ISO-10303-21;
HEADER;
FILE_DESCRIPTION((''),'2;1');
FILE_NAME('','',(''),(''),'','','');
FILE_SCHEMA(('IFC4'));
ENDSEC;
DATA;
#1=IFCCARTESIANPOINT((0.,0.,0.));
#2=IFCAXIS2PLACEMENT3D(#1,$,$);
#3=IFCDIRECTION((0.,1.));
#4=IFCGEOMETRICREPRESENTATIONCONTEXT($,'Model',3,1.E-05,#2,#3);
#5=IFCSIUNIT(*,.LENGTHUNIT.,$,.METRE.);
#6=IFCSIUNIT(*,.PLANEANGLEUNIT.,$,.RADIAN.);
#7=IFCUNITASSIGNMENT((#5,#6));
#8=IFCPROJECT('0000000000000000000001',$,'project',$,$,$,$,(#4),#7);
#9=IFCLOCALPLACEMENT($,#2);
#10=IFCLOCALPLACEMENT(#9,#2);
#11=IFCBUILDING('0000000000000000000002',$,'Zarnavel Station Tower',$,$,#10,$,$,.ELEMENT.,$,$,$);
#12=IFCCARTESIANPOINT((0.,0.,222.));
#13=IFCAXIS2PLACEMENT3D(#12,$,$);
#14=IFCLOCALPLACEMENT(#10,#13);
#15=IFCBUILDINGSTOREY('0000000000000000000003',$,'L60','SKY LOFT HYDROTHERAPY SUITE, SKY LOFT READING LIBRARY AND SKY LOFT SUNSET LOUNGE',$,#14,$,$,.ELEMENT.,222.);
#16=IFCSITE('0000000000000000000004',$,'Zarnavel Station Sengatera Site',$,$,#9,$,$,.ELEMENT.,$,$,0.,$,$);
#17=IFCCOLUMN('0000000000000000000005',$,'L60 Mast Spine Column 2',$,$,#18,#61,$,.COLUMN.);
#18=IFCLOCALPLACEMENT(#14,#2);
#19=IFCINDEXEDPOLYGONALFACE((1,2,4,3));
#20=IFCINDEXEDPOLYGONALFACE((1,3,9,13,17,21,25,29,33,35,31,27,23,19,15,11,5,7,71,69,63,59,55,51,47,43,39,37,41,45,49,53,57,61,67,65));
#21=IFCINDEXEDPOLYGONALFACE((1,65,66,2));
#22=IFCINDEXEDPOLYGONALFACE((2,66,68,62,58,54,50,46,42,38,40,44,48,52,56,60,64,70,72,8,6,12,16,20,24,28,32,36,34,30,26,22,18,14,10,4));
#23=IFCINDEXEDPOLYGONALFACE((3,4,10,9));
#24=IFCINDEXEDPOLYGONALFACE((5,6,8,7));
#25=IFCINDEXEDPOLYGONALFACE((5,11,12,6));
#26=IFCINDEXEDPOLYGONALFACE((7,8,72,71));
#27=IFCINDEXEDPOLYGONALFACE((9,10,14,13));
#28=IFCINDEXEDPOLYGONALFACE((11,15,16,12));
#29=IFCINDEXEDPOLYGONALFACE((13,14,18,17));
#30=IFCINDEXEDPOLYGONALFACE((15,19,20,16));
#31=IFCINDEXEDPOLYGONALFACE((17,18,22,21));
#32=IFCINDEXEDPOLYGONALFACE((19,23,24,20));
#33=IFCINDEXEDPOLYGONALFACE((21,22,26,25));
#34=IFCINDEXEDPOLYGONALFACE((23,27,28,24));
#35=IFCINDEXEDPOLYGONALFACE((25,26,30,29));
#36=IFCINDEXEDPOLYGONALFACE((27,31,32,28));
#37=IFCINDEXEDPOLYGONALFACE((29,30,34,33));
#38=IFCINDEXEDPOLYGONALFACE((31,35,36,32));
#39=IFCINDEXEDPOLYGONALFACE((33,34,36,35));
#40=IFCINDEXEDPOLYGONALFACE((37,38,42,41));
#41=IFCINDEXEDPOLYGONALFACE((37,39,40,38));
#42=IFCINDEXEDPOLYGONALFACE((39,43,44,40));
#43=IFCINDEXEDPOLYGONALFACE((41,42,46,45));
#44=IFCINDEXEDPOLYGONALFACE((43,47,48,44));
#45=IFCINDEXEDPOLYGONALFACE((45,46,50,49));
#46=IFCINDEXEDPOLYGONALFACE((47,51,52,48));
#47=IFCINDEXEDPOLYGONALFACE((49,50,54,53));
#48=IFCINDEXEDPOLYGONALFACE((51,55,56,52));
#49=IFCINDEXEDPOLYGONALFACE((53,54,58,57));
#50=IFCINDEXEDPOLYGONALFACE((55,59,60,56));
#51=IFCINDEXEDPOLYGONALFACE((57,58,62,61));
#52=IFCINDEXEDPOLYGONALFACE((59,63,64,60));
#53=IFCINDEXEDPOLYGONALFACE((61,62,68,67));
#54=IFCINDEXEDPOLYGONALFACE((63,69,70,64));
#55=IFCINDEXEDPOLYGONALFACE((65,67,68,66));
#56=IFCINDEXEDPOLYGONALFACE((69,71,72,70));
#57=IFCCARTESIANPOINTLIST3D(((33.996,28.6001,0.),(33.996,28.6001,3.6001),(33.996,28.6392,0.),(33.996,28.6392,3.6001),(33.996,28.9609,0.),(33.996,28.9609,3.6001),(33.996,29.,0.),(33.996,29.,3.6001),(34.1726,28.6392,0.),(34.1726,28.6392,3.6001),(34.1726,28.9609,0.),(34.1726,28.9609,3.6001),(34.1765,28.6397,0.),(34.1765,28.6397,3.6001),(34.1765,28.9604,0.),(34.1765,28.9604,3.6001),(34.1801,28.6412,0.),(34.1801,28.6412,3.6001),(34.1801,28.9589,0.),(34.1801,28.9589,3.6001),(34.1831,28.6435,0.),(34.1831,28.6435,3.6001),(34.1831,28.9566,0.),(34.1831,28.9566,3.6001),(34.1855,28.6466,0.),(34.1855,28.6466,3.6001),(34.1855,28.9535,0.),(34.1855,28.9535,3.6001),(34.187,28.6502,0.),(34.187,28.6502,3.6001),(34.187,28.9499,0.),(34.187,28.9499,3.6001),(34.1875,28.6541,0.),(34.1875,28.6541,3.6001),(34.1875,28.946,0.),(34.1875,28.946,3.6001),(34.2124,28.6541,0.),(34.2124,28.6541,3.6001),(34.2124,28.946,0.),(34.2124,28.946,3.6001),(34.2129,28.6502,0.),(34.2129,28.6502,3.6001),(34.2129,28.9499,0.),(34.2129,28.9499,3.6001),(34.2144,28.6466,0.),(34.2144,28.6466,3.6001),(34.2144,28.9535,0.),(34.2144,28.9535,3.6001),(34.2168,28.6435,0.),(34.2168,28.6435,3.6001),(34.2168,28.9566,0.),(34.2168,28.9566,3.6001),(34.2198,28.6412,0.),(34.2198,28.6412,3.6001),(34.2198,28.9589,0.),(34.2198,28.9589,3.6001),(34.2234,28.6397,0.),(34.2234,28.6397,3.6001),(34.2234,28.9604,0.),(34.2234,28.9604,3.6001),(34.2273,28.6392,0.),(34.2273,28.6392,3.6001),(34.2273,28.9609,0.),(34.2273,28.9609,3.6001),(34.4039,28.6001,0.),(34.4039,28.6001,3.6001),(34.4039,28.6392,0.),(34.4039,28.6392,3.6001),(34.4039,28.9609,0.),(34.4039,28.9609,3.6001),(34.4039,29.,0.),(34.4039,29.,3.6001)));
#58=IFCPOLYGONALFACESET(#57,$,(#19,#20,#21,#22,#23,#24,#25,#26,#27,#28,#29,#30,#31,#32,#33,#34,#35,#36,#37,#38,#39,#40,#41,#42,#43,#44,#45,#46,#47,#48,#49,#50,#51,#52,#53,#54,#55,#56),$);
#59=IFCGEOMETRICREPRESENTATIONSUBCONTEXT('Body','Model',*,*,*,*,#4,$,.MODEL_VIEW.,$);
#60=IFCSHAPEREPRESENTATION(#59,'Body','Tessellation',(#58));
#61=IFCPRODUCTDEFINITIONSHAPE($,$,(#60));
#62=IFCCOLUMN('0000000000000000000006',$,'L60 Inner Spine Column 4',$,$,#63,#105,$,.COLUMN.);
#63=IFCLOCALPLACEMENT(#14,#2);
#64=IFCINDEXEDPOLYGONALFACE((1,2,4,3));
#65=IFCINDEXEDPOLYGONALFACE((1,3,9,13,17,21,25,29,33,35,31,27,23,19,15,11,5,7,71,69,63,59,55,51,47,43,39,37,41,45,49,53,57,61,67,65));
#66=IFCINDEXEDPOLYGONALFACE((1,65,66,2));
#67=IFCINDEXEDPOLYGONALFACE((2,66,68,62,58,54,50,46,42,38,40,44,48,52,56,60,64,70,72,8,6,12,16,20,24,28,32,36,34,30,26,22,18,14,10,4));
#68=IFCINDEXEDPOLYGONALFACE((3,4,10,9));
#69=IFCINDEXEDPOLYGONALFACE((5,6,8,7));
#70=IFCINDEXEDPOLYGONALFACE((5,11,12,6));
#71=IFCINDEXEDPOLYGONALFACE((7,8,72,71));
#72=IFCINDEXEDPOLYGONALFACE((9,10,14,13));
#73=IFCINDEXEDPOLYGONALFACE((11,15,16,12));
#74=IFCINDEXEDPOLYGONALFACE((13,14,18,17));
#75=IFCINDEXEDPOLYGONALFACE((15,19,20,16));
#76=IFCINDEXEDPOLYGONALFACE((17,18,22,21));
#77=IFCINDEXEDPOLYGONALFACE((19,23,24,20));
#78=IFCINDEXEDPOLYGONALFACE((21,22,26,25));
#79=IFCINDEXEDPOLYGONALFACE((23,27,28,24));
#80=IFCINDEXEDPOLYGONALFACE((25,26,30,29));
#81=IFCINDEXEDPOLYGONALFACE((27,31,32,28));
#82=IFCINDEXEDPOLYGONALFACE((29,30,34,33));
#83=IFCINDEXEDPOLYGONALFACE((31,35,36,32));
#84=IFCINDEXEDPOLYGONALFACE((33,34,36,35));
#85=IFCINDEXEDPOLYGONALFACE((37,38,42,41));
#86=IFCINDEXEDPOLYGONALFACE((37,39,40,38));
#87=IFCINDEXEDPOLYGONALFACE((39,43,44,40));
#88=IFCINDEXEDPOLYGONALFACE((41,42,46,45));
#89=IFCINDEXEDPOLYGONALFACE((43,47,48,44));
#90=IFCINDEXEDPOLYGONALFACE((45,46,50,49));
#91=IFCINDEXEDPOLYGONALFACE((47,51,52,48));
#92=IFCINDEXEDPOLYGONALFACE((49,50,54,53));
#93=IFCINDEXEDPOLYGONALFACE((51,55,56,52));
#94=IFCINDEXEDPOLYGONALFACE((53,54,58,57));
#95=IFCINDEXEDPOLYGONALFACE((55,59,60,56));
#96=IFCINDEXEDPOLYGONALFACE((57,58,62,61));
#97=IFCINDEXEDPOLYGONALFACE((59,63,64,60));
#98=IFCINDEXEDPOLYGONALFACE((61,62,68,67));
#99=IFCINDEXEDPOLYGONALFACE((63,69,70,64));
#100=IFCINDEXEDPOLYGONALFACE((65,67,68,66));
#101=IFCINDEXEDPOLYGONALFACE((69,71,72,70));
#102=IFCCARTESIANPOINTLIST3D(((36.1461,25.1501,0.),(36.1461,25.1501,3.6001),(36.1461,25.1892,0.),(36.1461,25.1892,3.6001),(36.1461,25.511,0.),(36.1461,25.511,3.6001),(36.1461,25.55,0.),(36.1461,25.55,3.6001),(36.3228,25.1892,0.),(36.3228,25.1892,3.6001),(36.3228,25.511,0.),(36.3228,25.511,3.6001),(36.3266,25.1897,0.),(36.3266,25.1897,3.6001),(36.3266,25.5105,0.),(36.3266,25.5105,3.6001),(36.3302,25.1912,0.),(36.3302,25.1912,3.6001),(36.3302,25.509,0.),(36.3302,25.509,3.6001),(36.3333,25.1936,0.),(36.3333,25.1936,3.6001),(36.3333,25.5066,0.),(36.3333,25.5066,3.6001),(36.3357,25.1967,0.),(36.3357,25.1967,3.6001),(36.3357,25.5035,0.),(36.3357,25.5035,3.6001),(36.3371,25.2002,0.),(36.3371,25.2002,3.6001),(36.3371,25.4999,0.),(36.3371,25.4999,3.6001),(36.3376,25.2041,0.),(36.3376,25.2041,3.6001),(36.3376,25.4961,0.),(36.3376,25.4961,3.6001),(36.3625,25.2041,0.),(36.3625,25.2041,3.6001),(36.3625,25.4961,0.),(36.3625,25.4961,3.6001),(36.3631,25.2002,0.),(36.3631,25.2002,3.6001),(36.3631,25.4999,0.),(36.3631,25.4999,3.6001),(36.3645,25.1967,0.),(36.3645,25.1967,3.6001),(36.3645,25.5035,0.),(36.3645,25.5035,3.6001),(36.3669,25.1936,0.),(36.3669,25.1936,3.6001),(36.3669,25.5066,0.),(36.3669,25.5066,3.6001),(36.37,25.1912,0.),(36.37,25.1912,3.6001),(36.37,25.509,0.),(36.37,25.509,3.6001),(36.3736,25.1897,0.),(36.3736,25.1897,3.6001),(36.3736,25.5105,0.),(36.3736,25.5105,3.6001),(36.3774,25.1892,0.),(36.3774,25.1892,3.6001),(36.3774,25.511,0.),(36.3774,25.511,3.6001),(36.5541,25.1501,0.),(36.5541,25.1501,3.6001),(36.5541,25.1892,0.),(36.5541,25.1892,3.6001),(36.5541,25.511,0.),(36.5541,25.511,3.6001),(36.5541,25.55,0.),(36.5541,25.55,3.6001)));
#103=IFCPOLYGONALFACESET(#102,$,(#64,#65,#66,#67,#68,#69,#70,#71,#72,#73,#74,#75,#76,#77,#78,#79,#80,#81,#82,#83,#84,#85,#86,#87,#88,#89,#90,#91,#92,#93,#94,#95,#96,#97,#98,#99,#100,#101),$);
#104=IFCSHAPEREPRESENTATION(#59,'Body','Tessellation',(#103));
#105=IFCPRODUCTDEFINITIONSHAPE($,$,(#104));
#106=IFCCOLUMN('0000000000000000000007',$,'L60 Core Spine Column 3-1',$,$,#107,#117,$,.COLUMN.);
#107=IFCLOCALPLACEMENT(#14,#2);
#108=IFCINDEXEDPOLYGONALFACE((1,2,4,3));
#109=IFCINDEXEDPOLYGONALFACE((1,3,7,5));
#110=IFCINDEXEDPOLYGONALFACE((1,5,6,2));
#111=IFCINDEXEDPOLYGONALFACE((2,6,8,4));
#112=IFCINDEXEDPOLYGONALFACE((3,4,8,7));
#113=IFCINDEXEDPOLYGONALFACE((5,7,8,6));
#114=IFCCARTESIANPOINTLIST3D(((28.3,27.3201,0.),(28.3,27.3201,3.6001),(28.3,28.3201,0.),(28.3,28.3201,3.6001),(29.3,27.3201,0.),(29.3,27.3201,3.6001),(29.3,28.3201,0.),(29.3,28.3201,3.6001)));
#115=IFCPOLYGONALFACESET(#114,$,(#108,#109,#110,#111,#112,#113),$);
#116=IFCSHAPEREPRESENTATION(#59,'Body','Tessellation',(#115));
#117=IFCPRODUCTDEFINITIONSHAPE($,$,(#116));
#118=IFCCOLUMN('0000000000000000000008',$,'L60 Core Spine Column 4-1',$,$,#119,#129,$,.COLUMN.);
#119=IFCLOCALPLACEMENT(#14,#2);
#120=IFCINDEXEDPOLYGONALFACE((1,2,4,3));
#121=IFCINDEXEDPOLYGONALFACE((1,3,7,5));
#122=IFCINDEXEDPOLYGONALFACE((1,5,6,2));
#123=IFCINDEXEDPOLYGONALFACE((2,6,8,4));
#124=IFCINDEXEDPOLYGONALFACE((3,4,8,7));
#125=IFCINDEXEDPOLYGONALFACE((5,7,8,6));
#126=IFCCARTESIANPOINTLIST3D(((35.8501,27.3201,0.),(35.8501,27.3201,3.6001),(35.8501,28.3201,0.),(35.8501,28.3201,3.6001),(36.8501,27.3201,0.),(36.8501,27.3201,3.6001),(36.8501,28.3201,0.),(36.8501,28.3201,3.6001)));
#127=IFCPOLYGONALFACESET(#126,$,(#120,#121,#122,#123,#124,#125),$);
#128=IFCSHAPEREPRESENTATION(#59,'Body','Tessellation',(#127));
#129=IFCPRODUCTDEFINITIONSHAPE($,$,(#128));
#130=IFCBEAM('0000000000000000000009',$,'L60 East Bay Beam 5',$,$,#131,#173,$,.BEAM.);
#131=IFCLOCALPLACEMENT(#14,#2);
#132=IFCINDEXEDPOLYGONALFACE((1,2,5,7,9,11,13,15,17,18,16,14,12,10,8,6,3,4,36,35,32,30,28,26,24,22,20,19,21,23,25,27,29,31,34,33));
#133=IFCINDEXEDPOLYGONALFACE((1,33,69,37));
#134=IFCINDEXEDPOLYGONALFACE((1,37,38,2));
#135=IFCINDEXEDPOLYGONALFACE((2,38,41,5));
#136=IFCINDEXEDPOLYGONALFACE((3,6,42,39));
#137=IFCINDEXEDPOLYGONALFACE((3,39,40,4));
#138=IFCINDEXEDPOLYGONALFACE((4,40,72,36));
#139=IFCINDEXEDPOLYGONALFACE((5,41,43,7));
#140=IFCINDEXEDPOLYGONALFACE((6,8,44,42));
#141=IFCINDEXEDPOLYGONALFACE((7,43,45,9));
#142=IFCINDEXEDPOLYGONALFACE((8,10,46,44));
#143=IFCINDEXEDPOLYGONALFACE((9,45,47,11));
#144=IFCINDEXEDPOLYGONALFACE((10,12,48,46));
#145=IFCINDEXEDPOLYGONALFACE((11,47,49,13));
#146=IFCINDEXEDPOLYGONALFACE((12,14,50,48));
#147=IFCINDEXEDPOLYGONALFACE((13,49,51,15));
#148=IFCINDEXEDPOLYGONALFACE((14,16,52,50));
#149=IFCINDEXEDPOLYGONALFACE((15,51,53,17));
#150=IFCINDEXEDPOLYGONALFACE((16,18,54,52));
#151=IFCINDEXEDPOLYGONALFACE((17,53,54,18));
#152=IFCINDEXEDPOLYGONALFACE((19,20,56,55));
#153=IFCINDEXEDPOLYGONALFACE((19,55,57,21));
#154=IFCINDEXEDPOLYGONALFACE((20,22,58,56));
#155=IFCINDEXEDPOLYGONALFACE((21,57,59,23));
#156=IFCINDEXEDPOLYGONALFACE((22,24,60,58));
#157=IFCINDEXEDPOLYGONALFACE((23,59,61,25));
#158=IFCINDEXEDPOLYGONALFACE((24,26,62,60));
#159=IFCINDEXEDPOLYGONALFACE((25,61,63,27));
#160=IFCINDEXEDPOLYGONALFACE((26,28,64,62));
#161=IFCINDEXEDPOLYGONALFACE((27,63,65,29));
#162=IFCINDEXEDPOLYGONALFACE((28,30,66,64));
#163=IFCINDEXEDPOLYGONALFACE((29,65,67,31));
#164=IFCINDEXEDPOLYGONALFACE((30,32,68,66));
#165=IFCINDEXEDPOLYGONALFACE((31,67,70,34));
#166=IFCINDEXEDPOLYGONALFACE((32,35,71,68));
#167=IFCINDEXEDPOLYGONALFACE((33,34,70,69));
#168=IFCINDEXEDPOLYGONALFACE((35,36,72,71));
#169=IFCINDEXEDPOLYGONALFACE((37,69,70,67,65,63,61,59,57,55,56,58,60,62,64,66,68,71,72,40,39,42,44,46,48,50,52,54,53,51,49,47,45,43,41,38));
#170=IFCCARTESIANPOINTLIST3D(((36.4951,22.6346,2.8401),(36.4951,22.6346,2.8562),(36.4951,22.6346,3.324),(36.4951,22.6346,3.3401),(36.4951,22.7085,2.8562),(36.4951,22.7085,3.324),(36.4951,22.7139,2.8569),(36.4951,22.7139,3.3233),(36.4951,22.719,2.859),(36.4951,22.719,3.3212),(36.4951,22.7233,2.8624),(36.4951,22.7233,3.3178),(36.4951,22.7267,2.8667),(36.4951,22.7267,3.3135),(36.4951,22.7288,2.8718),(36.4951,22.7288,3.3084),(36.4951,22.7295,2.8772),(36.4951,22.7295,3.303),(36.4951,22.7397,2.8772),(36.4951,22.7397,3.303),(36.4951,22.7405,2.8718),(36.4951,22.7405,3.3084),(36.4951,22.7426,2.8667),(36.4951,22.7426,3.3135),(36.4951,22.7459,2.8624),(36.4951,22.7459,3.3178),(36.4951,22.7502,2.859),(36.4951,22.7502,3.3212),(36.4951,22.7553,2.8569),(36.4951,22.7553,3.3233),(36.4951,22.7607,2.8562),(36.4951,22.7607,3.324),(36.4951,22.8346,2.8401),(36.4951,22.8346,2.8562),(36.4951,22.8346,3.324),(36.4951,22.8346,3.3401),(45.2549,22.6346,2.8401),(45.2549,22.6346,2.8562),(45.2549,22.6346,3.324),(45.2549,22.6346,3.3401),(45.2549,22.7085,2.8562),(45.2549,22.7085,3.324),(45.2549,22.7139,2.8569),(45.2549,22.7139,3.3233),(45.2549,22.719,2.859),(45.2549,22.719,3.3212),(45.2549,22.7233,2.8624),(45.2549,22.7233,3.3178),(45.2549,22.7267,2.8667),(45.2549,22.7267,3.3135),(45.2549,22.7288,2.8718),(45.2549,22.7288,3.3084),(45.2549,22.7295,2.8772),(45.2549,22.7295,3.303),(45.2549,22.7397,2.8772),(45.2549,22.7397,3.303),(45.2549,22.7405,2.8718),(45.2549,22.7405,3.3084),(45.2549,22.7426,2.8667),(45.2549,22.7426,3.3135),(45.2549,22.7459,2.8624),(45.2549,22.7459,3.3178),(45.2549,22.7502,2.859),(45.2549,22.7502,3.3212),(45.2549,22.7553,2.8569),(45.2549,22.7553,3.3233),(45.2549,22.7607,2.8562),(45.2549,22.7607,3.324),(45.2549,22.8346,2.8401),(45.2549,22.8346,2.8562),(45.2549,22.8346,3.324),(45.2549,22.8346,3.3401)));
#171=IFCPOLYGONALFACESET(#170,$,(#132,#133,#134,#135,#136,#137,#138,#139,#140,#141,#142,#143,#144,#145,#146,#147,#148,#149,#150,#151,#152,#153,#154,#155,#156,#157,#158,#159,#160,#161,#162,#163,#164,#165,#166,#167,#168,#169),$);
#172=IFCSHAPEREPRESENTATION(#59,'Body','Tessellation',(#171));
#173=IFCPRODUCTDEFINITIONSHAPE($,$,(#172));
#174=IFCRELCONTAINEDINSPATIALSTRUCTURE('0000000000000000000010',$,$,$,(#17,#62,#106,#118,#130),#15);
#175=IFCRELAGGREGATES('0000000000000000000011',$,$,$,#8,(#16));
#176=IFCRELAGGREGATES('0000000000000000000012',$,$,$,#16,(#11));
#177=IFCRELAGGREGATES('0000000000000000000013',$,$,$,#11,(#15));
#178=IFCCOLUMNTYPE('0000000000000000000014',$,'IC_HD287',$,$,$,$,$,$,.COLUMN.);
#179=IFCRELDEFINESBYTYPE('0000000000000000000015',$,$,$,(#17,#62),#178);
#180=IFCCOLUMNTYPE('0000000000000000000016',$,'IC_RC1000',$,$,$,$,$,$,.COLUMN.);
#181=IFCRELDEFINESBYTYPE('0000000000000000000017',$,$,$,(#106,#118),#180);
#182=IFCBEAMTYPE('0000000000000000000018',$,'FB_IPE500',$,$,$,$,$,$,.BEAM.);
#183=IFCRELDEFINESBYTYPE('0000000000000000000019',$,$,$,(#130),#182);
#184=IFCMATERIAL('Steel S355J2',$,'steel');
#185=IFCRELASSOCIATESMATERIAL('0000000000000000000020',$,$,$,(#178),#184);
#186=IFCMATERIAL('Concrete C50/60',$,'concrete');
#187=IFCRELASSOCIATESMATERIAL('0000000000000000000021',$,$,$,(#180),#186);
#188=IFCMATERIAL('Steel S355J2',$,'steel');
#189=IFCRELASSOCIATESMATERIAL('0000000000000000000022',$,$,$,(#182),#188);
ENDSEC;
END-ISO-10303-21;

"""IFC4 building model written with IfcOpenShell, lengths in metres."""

from ifc_helpers import new_model, si_unit, direction, frame, origin, origin_2d, place, context, subcontext, project, spatial, rectangle, i_section, extrude, material, material_profile, profile_set, type_object, element, save


model = new_model("IFC4")

# Units and contexts
model_context = context("Model", 3, precision=1e-05, world=origin(), true_north=direction((0.0, 1.0)))
body_context = subcontext(model_context, "Body", "Model", "MODEL_VIEW")
ifc_project = project(units=[si_unit("LENGTHUNIT", "METRE"), si_unit("PLANEANGLEUNIT", "RADIAN")], contexts=[model_context])

# Site, building, storey
site_placement = place(None, origin())
site = spatial("IfcSite", under=ifc_project, at=site_placement, Name="Zarnavel Station Sengatera Site", CompositionType="ELEMENT", RefElevation=0.0)
building_placement = place(site_placement, origin())
building = spatial("IfcBuilding", under=site, at=building_placement, Name="Zarnavel Station Tower", CompositionType="ELEMENT")
storey_placement = place(building_placement, frame((0.0, 0.0, 222.0)))
storey = spatial("IfcBuildingStorey", under=building, at=storey_placement, Name="L60", Description="SKY LOFT HYDROTHERAPY SUITE, SKY LOFT READING LIBRARY AND SKY LOFT SUNSET LOUNGE", CompositionType="ELEMENT", Elevation=222.0)

# Columns
ifc_material_1 = material(Name="Steel S355J2", Category="steel")
ifc_material_profile_1 = material_profile(ifc_material_1, i_section(OverallWidth=0.408, OverallDepth=0.3999, WebThickness=0.0249, FlangeThickness=0.0391, FilletRadius=0.0149, at=origin_2d()), Name="HD400x287")
ifc_profile_set_1 = profile_set([ifc_material_profile_1], Name="Steel S355J2")
column_type_1 = type_object("IfcColumnType", Name="IC_HD287", PredefinedType="COLUMN", material=ifc_profile_set_1)
for number, where, z_axis, x_axis, name in (
    (1, (34.2, 28.8, 0.0), (0.0, 0.0, 1.0), (1.0, 0.0, 0.0), "L60 Mast Spine Column 2"),
    (2, (36.3501, 25.3501, 0.0), (0.0, 0.0, 1.0), (1.0, 0.0, 0.0), "L60 Inner Spine Column 4"),
):
    element("IfcColumn", number, at=place(storey_placement, frame(where, z_axis=z_axis, x_axis=x_axis)), inside=storey, type_object=column_type_1, Name=name, PredefinedType="COLUMN", context=body_context, shape_type="SweptSolid", body=[
        extrude(i_section(OverallWidth=0.408, OverallDepth=0.3999, WebThickness=0.0249, FlangeThickness=0.0391, FilletRadius=0.0149, at=origin_2d()), origin(), (0.0, 0.0, 1.0), 3.6001),
    ])
ifc_material_2 = material(Name="Concrete C50/60", Category="concrete")
ifc_material_profile_2 = material_profile(ifc_material_2, rectangle(XDim=1.0, YDim=1.0, at=origin_2d()), Name="RC1000x1000")
ifc_profile_set_2 = profile_set([ifc_material_profile_2], Name="Concrete C50/60")
column_type_2 = type_object("IfcColumnType", Name="IC_RC1000", PredefinedType="COLUMN", material=ifc_profile_set_2)
for number, where, z_axis, x_axis, name in (
    (3, (28.8, 27.8201, 0.0), (0.0, 0.0, 1.0), (1.0, 0.0, 0.0), "L60 Core Spine Column 3-1"),
    (4, (36.3501, 27.8201, 0.0), (0.0, 0.0, 1.0), (1.0, 0.0, 0.0), "L60 Core Spine Column 4-1"),
):
    element("IfcColumn", number, at=place(storey_placement, frame(where, z_axis=z_axis, x_axis=x_axis)), inside=storey, type_object=column_type_2, Name=name, PredefinedType="COLUMN", context=body_context, shape_type="SweptSolid", body=[
        extrude(rectangle(XDim=1.0, YDim=1.0, at=origin_2d()), origin(), (0.0, 0.0, 1.0), 3.6001),
    ])

# Beam
ifc_material_3 = material(Name="Steel S355J2", Category="steel")
ifc_material_profile_3 = material_profile(ifc_material_3, i_section(OverallWidth=0.2, OverallDepth=0.5, WebThickness=0.0103, FlangeThickness=0.0161, FilletRadius=0.021, at=origin_2d()), Name="IPE500")
ifc_profile_set_3 = profile_set([ifc_material_profile_3], Name="Steel S355J2")
beam_type_1 = type_object("IfcBeamType", Name="FB_IPE500", PredefinedType="BEAM", material=ifc_profile_set_3)
beam_1_placement = place(storey_placement, frame((36.4951, 22.7346, 3.0901), z_axis=(1.0, 0.0, 0.0), x_axis=(0.0, 1.0, 0.0)))
element("IfcBeam", 5, at=beam_1_placement, inside=storey, type_object=beam_type_1, Name="L60 East Bay Beam 5", PredefinedType="BEAM", context=body_context, shape_type="SweptSolid", body=[
    extrude(i_section(OverallWidth=0.2, OverallDepth=0.5, WebThickness=0.0103, FlangeThickness=0.0161, FilletRadius=0.021, at=origin_2d()), origin(), (0.0, 0.0, 1.0), 8.7598),
])

save(model, "model.ifc")
